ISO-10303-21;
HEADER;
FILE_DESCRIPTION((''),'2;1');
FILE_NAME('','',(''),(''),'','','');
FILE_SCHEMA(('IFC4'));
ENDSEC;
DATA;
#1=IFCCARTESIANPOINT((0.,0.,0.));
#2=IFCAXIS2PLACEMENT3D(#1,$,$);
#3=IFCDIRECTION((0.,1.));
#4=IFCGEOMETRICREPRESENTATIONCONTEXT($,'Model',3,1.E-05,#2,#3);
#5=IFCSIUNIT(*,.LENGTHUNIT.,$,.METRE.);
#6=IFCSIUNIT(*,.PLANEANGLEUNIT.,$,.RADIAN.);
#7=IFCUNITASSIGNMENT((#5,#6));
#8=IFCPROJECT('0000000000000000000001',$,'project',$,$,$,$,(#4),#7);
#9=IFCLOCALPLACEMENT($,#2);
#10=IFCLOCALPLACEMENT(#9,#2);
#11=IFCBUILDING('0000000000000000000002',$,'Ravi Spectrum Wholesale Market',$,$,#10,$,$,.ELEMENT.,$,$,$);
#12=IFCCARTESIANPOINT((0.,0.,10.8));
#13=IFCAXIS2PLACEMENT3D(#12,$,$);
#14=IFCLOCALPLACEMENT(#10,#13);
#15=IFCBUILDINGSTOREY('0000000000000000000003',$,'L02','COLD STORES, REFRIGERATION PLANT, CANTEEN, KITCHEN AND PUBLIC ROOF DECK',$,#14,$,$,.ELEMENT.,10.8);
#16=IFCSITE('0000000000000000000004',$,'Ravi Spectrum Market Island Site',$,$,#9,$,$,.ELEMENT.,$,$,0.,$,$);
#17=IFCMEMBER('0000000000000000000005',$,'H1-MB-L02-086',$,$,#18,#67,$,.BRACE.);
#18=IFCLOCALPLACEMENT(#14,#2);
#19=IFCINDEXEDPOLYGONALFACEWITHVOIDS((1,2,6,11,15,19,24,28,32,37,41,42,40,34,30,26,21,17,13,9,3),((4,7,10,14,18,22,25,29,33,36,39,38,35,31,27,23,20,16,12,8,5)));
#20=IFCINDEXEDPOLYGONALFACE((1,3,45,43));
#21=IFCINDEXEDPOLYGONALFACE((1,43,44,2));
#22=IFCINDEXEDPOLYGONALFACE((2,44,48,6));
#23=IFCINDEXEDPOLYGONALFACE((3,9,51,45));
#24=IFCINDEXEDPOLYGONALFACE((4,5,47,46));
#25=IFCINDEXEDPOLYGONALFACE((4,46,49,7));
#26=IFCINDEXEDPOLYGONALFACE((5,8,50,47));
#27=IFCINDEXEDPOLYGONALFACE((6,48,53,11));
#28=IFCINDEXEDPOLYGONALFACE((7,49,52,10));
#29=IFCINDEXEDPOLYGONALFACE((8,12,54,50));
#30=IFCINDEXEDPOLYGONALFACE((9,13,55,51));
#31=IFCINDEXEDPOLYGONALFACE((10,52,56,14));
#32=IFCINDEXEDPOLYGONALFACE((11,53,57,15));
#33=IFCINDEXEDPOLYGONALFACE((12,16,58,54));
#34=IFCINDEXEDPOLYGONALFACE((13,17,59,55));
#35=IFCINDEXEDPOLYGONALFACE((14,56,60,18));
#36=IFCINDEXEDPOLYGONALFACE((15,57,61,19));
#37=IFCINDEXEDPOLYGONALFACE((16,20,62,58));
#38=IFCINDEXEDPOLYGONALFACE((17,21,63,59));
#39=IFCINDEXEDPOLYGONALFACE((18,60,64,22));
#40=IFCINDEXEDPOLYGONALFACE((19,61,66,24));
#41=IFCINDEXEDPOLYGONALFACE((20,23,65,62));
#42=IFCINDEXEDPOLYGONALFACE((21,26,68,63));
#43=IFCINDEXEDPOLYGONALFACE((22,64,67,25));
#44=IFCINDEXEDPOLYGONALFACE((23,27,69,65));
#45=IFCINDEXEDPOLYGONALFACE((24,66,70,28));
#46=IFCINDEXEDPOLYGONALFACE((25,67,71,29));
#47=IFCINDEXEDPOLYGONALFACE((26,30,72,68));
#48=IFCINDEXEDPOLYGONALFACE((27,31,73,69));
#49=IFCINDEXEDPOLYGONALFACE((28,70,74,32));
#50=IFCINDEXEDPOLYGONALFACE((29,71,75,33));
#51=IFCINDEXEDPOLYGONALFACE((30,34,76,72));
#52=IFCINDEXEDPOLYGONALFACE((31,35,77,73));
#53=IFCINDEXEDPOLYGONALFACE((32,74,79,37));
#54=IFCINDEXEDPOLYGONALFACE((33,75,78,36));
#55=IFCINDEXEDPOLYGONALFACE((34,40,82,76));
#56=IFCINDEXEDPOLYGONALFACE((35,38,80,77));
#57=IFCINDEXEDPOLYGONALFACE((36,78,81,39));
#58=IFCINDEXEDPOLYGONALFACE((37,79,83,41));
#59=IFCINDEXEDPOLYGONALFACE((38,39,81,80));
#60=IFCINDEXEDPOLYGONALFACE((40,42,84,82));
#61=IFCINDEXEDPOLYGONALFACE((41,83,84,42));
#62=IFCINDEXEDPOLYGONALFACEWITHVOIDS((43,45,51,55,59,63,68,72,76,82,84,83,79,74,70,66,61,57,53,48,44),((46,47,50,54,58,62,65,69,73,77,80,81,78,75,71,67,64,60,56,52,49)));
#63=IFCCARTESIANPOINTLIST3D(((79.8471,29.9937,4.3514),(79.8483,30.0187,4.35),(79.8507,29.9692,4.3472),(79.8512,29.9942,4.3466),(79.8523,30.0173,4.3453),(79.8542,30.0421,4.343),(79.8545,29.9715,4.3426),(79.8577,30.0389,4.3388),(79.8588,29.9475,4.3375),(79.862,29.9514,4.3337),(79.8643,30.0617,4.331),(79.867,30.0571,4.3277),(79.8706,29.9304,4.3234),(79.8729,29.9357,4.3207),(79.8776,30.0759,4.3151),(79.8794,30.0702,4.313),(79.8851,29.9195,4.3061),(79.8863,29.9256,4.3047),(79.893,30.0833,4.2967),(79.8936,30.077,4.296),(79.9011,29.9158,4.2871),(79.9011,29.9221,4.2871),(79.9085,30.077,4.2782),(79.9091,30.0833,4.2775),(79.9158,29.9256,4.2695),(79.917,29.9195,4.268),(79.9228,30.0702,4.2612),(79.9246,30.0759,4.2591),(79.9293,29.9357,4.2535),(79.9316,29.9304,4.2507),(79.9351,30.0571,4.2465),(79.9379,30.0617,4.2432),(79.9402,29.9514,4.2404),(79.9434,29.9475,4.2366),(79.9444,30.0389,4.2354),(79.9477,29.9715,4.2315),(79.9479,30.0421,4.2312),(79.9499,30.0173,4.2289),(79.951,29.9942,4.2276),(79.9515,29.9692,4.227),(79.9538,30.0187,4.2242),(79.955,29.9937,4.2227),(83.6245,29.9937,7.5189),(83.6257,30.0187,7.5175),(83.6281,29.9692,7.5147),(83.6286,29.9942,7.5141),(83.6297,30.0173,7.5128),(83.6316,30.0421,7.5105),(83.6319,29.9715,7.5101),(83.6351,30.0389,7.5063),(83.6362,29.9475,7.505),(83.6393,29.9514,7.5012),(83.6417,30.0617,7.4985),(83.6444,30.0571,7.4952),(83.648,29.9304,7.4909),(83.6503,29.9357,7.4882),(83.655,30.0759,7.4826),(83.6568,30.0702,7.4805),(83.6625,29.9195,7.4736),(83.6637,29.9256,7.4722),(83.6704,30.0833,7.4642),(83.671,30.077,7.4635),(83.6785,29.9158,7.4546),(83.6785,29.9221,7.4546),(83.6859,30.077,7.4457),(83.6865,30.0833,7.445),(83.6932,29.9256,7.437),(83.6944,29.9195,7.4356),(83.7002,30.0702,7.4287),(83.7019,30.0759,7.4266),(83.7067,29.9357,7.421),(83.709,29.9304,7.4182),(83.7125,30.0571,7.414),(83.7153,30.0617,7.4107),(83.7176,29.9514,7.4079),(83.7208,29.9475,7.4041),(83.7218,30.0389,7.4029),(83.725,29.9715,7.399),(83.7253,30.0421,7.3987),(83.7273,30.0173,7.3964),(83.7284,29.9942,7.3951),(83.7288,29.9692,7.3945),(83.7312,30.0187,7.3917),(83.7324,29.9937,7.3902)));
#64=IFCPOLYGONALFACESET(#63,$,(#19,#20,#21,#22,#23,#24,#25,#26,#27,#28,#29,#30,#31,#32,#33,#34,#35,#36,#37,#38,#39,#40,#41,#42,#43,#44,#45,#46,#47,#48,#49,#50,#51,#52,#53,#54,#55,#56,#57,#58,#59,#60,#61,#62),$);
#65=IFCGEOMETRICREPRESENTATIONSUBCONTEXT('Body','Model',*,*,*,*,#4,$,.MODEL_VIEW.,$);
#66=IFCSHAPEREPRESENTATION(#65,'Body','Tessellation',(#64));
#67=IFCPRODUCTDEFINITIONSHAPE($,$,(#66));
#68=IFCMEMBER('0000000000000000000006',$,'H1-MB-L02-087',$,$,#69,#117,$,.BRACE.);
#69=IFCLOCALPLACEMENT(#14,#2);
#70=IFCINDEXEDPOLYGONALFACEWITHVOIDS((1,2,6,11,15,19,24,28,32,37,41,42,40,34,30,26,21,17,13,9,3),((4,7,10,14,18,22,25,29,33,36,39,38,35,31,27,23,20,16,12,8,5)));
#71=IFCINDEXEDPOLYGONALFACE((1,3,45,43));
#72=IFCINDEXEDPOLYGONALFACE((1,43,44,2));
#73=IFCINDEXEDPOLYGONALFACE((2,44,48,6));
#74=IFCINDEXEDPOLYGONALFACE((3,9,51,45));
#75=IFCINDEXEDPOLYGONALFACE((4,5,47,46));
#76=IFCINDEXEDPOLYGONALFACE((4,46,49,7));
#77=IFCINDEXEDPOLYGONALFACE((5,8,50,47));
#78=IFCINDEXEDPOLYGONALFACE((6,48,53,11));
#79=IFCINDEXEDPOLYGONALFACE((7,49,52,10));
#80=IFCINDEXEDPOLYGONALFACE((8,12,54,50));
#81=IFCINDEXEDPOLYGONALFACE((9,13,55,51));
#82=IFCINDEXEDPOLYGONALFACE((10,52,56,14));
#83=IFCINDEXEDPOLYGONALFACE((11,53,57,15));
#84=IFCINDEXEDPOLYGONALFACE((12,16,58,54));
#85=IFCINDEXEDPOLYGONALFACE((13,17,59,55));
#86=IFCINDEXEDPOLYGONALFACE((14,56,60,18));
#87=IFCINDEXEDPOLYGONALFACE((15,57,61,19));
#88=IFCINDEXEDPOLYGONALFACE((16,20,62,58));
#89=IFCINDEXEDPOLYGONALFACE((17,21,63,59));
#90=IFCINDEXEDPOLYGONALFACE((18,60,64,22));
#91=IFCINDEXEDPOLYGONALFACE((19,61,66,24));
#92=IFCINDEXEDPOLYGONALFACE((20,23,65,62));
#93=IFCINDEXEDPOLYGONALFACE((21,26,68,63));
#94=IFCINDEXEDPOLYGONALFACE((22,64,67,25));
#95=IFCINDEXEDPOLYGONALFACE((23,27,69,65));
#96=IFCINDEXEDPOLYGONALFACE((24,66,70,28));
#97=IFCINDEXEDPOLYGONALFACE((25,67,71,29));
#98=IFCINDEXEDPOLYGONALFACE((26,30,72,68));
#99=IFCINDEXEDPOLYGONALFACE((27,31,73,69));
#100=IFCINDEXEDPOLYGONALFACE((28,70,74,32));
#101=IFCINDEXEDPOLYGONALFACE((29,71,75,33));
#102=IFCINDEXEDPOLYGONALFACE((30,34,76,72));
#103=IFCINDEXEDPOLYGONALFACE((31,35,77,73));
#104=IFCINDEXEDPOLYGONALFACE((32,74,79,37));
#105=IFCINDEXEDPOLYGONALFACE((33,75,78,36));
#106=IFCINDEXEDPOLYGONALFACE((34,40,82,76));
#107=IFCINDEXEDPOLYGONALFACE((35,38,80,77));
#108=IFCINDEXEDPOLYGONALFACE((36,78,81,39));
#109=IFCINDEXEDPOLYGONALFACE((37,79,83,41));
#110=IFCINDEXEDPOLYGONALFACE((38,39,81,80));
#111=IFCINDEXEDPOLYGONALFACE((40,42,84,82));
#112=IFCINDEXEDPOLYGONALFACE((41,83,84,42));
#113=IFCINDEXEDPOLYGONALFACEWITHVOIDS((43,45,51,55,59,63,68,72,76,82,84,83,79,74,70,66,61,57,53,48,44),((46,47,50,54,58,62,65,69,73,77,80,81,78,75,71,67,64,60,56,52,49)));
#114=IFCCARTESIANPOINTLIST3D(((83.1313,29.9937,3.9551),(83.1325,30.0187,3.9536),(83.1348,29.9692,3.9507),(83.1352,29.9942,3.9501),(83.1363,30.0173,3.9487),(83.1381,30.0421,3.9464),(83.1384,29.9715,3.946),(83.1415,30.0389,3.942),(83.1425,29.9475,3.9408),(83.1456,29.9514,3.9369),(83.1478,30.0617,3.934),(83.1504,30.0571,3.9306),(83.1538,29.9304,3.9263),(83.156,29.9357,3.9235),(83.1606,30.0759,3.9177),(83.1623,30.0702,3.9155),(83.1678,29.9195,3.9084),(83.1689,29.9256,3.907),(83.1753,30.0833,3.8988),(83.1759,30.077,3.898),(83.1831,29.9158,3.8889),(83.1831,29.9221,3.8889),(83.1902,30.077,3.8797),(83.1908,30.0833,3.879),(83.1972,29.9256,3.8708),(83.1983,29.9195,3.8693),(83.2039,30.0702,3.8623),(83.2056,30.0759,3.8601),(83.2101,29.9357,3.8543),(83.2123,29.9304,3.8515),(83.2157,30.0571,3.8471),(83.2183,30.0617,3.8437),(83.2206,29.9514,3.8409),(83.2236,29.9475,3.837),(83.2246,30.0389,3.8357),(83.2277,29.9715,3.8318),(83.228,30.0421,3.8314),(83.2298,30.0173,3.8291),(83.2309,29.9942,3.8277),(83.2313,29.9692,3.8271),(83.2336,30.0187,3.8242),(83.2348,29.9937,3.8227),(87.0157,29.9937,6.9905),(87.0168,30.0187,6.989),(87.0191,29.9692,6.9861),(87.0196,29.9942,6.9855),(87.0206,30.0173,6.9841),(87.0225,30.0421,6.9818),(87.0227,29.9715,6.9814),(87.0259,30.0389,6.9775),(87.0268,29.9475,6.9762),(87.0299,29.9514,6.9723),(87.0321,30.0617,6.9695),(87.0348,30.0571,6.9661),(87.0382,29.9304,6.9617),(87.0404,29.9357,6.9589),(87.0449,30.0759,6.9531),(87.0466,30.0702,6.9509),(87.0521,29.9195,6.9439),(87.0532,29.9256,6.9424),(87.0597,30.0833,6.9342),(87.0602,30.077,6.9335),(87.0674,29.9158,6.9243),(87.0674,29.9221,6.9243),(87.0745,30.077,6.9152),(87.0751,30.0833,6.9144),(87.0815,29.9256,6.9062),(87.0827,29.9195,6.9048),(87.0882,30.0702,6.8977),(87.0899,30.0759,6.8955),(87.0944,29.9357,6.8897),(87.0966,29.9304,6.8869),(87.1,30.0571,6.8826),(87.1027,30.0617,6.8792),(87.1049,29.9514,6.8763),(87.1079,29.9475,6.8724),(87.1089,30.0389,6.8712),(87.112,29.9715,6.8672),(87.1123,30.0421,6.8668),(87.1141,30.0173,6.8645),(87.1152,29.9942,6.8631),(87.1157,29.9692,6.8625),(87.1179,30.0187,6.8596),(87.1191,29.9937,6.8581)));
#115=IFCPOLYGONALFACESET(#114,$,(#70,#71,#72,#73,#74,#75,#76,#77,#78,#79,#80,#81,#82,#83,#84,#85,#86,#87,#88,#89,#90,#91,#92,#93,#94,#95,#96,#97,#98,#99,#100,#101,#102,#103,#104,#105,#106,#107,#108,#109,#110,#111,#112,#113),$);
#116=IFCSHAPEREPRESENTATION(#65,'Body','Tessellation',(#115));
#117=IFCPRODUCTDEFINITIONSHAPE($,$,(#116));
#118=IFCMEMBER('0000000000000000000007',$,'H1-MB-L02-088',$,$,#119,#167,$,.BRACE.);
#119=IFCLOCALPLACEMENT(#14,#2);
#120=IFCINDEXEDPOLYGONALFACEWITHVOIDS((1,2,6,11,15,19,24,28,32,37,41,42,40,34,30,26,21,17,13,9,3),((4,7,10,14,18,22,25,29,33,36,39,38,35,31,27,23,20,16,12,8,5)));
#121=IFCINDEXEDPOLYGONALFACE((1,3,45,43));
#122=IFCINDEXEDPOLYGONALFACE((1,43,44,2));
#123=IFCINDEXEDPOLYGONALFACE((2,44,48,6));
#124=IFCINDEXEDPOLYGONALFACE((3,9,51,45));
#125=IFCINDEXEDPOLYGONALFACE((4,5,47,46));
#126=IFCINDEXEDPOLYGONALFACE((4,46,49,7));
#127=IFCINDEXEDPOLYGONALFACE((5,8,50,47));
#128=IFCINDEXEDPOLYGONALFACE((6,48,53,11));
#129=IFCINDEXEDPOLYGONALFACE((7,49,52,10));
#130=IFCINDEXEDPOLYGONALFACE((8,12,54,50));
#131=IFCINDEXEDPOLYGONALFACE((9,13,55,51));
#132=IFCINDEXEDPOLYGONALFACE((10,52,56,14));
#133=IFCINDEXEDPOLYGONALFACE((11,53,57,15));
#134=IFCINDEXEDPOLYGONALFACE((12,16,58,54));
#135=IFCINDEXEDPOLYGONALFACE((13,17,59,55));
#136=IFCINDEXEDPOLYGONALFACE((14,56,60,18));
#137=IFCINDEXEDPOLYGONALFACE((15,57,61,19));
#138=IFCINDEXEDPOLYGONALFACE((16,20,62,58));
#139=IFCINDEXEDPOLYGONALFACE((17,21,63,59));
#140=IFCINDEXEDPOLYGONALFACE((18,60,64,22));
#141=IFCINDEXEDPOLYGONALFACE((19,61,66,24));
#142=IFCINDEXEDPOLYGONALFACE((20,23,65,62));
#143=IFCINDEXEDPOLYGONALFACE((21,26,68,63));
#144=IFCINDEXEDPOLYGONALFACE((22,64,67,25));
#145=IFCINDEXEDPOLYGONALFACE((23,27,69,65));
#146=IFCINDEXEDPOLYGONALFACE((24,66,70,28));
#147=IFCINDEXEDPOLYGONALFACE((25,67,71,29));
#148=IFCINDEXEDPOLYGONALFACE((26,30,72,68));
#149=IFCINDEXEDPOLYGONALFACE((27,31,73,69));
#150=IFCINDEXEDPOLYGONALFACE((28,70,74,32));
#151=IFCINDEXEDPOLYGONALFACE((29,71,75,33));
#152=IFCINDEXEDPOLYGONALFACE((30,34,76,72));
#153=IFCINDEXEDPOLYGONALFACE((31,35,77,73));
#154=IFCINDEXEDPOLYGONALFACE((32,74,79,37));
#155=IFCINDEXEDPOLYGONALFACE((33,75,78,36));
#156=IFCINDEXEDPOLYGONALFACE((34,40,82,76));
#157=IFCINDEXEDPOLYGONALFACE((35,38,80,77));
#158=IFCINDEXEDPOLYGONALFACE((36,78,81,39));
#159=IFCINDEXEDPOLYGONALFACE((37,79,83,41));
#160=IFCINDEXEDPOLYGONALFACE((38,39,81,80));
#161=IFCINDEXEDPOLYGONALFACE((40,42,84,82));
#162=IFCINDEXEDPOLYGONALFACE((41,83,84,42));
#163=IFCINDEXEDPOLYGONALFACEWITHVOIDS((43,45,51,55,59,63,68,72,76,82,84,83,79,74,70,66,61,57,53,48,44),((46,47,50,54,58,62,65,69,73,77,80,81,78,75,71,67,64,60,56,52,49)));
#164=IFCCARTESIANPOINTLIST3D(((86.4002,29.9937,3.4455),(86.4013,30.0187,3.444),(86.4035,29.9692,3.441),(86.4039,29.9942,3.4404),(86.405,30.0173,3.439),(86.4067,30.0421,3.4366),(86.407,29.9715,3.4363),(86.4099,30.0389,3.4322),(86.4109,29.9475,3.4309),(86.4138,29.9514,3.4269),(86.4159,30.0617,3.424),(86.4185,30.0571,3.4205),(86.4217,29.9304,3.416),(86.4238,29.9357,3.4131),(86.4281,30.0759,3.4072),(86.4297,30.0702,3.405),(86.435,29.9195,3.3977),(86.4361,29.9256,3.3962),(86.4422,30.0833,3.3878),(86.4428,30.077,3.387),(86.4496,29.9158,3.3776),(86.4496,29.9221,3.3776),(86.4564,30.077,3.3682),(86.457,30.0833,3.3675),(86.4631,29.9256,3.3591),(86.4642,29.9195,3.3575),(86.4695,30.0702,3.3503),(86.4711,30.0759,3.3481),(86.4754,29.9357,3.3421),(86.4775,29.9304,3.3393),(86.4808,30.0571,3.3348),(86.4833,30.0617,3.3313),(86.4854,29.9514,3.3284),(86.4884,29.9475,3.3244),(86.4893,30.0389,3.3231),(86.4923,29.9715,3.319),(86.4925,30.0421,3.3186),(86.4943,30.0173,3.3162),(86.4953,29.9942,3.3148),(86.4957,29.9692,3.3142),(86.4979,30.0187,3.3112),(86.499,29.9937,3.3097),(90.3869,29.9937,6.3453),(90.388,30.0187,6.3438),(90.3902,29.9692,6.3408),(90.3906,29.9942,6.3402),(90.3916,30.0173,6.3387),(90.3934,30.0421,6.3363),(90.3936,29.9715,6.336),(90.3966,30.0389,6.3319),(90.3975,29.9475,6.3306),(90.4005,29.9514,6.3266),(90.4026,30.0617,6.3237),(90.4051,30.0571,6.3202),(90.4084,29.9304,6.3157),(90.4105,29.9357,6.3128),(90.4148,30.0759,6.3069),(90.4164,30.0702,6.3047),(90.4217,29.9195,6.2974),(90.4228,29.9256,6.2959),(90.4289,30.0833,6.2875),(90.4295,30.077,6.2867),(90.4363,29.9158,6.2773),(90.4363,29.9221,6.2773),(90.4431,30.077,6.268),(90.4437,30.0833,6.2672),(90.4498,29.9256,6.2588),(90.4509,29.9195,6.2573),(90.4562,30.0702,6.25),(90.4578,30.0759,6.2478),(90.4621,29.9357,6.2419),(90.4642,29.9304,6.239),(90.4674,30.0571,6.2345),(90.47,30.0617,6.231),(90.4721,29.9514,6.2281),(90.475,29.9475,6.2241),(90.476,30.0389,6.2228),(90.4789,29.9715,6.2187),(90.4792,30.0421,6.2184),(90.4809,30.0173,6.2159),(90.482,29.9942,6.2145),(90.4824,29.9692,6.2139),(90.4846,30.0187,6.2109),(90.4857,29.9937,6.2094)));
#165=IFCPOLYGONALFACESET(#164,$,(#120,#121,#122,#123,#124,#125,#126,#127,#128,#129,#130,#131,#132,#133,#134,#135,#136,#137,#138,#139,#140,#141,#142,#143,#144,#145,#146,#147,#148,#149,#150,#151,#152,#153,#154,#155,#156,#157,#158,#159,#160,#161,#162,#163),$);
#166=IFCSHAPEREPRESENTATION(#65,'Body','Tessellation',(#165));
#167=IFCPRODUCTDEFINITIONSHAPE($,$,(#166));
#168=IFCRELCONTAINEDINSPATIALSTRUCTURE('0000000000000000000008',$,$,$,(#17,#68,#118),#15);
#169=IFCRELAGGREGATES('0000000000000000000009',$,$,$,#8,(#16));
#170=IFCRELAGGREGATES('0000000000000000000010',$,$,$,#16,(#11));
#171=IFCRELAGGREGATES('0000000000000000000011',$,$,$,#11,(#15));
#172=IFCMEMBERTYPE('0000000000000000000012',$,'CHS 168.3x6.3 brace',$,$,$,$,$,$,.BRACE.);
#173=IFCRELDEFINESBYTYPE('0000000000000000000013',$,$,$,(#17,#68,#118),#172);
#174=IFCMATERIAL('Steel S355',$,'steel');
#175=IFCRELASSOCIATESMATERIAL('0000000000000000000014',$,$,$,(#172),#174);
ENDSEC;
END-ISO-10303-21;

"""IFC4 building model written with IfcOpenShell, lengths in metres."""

from ifc_helpers import new_model, si_unit, direction, frame, origin, origin_2d, place, context, subcontext, project, spatial, hollow_circle, extrude, material, material_profile, profile_set, type_object, element, save


model = new_model("IFC4")

# Units and contexts
model_context = context("Model", 3, precision=1e-05, world=origin(), true_north=direction((0.0, 1.0)))
body_context = subcontext(model_context, "Body", "Model", "MODEL_VIEW")
ifc_project = project(units=[si_unit("LENGTHUNIT", "METRE"), si_unit("PLANEANGLEUNIT", "RADIAN")], contexts=[model_context])

# Site, building, storey
site_placement = place(None, origin())
site = spatial("IfcSite", under=ifc_project, at=site_placement, Name="Ravi Spectrum Market Island Site", CompositionType="ELEMENT", RefElevation=0.0)
building_placement = place(site_placement, origin())
building = spatial("IfcBuilding", under=site, at=building_placement, Name="Ravi Spectrum Wholesale Market", CompositionType="ELEMENT")
storey_placement = place(building_placement, frame((0.0, 0.0, 10.8)))
storey = spatial("IfcBuildingStorey", under=building, at=storey_placement, Name="L02", Description="COLD STORES, REFRIGERATION PLANT, CANTEEN, KITCHEN AND PUBLIC ROOF DECK", CompositionType="ELEMENT", Elevation=10.8)

# Members
ifc_material_1 = material(Name="Steel S355", Category="steel")
ifc_material_profile_1 = material_profile(ifc_material_1, hollow_circle(Radius=0.0842, WallThickness=0.0063, at=origin_2d()))
ifc_profile_set_1 = profile_set([ifc_material_profile_1], Name="Steel S355")
member_type_1 = type_object("IfcMemberType", Name="CHS 168.3x6.3 brace", PredefinedType="BRACE", material=ifc_profile_set_1)
for number, where, z_axis, x_axis, name in (
    (1, (83.6785, 30.0, 7.4546), (-0.766253, 0.0, -0.642539), (0.0, -1.0, 0.0), "H1-MB-L02-086"),
    (2, (87.0674, 30.0, 6.9243), (-0.787945, 0.0, -0.615746), (0.0, -1.0, 0.0), "H1-MB-L02-087"),
    (3, (90.4363, 30.0, 6.2773), (-0.808704, 0.0, -0.588216), (0.0, -1.0, 0.0), "H1-MB-L02-088"),
):
    element("IfcMember", number, at=place(storey_placement, frame(where, z_axis=z_axis, x_axis=x_axis)), inside=storey, type_object=member_type_1, Name=name, PredefinedType="BRACE", context=body_context, shape_type="SweptSolid", body=[
        extrude(hollow_circle(Radius=0.0842, WallThickness=0.0063, at=origin_2d()), origin(), (0.0, 0.0, 1.0), 4.9297),
    ])

save(model, "model.ifc")
